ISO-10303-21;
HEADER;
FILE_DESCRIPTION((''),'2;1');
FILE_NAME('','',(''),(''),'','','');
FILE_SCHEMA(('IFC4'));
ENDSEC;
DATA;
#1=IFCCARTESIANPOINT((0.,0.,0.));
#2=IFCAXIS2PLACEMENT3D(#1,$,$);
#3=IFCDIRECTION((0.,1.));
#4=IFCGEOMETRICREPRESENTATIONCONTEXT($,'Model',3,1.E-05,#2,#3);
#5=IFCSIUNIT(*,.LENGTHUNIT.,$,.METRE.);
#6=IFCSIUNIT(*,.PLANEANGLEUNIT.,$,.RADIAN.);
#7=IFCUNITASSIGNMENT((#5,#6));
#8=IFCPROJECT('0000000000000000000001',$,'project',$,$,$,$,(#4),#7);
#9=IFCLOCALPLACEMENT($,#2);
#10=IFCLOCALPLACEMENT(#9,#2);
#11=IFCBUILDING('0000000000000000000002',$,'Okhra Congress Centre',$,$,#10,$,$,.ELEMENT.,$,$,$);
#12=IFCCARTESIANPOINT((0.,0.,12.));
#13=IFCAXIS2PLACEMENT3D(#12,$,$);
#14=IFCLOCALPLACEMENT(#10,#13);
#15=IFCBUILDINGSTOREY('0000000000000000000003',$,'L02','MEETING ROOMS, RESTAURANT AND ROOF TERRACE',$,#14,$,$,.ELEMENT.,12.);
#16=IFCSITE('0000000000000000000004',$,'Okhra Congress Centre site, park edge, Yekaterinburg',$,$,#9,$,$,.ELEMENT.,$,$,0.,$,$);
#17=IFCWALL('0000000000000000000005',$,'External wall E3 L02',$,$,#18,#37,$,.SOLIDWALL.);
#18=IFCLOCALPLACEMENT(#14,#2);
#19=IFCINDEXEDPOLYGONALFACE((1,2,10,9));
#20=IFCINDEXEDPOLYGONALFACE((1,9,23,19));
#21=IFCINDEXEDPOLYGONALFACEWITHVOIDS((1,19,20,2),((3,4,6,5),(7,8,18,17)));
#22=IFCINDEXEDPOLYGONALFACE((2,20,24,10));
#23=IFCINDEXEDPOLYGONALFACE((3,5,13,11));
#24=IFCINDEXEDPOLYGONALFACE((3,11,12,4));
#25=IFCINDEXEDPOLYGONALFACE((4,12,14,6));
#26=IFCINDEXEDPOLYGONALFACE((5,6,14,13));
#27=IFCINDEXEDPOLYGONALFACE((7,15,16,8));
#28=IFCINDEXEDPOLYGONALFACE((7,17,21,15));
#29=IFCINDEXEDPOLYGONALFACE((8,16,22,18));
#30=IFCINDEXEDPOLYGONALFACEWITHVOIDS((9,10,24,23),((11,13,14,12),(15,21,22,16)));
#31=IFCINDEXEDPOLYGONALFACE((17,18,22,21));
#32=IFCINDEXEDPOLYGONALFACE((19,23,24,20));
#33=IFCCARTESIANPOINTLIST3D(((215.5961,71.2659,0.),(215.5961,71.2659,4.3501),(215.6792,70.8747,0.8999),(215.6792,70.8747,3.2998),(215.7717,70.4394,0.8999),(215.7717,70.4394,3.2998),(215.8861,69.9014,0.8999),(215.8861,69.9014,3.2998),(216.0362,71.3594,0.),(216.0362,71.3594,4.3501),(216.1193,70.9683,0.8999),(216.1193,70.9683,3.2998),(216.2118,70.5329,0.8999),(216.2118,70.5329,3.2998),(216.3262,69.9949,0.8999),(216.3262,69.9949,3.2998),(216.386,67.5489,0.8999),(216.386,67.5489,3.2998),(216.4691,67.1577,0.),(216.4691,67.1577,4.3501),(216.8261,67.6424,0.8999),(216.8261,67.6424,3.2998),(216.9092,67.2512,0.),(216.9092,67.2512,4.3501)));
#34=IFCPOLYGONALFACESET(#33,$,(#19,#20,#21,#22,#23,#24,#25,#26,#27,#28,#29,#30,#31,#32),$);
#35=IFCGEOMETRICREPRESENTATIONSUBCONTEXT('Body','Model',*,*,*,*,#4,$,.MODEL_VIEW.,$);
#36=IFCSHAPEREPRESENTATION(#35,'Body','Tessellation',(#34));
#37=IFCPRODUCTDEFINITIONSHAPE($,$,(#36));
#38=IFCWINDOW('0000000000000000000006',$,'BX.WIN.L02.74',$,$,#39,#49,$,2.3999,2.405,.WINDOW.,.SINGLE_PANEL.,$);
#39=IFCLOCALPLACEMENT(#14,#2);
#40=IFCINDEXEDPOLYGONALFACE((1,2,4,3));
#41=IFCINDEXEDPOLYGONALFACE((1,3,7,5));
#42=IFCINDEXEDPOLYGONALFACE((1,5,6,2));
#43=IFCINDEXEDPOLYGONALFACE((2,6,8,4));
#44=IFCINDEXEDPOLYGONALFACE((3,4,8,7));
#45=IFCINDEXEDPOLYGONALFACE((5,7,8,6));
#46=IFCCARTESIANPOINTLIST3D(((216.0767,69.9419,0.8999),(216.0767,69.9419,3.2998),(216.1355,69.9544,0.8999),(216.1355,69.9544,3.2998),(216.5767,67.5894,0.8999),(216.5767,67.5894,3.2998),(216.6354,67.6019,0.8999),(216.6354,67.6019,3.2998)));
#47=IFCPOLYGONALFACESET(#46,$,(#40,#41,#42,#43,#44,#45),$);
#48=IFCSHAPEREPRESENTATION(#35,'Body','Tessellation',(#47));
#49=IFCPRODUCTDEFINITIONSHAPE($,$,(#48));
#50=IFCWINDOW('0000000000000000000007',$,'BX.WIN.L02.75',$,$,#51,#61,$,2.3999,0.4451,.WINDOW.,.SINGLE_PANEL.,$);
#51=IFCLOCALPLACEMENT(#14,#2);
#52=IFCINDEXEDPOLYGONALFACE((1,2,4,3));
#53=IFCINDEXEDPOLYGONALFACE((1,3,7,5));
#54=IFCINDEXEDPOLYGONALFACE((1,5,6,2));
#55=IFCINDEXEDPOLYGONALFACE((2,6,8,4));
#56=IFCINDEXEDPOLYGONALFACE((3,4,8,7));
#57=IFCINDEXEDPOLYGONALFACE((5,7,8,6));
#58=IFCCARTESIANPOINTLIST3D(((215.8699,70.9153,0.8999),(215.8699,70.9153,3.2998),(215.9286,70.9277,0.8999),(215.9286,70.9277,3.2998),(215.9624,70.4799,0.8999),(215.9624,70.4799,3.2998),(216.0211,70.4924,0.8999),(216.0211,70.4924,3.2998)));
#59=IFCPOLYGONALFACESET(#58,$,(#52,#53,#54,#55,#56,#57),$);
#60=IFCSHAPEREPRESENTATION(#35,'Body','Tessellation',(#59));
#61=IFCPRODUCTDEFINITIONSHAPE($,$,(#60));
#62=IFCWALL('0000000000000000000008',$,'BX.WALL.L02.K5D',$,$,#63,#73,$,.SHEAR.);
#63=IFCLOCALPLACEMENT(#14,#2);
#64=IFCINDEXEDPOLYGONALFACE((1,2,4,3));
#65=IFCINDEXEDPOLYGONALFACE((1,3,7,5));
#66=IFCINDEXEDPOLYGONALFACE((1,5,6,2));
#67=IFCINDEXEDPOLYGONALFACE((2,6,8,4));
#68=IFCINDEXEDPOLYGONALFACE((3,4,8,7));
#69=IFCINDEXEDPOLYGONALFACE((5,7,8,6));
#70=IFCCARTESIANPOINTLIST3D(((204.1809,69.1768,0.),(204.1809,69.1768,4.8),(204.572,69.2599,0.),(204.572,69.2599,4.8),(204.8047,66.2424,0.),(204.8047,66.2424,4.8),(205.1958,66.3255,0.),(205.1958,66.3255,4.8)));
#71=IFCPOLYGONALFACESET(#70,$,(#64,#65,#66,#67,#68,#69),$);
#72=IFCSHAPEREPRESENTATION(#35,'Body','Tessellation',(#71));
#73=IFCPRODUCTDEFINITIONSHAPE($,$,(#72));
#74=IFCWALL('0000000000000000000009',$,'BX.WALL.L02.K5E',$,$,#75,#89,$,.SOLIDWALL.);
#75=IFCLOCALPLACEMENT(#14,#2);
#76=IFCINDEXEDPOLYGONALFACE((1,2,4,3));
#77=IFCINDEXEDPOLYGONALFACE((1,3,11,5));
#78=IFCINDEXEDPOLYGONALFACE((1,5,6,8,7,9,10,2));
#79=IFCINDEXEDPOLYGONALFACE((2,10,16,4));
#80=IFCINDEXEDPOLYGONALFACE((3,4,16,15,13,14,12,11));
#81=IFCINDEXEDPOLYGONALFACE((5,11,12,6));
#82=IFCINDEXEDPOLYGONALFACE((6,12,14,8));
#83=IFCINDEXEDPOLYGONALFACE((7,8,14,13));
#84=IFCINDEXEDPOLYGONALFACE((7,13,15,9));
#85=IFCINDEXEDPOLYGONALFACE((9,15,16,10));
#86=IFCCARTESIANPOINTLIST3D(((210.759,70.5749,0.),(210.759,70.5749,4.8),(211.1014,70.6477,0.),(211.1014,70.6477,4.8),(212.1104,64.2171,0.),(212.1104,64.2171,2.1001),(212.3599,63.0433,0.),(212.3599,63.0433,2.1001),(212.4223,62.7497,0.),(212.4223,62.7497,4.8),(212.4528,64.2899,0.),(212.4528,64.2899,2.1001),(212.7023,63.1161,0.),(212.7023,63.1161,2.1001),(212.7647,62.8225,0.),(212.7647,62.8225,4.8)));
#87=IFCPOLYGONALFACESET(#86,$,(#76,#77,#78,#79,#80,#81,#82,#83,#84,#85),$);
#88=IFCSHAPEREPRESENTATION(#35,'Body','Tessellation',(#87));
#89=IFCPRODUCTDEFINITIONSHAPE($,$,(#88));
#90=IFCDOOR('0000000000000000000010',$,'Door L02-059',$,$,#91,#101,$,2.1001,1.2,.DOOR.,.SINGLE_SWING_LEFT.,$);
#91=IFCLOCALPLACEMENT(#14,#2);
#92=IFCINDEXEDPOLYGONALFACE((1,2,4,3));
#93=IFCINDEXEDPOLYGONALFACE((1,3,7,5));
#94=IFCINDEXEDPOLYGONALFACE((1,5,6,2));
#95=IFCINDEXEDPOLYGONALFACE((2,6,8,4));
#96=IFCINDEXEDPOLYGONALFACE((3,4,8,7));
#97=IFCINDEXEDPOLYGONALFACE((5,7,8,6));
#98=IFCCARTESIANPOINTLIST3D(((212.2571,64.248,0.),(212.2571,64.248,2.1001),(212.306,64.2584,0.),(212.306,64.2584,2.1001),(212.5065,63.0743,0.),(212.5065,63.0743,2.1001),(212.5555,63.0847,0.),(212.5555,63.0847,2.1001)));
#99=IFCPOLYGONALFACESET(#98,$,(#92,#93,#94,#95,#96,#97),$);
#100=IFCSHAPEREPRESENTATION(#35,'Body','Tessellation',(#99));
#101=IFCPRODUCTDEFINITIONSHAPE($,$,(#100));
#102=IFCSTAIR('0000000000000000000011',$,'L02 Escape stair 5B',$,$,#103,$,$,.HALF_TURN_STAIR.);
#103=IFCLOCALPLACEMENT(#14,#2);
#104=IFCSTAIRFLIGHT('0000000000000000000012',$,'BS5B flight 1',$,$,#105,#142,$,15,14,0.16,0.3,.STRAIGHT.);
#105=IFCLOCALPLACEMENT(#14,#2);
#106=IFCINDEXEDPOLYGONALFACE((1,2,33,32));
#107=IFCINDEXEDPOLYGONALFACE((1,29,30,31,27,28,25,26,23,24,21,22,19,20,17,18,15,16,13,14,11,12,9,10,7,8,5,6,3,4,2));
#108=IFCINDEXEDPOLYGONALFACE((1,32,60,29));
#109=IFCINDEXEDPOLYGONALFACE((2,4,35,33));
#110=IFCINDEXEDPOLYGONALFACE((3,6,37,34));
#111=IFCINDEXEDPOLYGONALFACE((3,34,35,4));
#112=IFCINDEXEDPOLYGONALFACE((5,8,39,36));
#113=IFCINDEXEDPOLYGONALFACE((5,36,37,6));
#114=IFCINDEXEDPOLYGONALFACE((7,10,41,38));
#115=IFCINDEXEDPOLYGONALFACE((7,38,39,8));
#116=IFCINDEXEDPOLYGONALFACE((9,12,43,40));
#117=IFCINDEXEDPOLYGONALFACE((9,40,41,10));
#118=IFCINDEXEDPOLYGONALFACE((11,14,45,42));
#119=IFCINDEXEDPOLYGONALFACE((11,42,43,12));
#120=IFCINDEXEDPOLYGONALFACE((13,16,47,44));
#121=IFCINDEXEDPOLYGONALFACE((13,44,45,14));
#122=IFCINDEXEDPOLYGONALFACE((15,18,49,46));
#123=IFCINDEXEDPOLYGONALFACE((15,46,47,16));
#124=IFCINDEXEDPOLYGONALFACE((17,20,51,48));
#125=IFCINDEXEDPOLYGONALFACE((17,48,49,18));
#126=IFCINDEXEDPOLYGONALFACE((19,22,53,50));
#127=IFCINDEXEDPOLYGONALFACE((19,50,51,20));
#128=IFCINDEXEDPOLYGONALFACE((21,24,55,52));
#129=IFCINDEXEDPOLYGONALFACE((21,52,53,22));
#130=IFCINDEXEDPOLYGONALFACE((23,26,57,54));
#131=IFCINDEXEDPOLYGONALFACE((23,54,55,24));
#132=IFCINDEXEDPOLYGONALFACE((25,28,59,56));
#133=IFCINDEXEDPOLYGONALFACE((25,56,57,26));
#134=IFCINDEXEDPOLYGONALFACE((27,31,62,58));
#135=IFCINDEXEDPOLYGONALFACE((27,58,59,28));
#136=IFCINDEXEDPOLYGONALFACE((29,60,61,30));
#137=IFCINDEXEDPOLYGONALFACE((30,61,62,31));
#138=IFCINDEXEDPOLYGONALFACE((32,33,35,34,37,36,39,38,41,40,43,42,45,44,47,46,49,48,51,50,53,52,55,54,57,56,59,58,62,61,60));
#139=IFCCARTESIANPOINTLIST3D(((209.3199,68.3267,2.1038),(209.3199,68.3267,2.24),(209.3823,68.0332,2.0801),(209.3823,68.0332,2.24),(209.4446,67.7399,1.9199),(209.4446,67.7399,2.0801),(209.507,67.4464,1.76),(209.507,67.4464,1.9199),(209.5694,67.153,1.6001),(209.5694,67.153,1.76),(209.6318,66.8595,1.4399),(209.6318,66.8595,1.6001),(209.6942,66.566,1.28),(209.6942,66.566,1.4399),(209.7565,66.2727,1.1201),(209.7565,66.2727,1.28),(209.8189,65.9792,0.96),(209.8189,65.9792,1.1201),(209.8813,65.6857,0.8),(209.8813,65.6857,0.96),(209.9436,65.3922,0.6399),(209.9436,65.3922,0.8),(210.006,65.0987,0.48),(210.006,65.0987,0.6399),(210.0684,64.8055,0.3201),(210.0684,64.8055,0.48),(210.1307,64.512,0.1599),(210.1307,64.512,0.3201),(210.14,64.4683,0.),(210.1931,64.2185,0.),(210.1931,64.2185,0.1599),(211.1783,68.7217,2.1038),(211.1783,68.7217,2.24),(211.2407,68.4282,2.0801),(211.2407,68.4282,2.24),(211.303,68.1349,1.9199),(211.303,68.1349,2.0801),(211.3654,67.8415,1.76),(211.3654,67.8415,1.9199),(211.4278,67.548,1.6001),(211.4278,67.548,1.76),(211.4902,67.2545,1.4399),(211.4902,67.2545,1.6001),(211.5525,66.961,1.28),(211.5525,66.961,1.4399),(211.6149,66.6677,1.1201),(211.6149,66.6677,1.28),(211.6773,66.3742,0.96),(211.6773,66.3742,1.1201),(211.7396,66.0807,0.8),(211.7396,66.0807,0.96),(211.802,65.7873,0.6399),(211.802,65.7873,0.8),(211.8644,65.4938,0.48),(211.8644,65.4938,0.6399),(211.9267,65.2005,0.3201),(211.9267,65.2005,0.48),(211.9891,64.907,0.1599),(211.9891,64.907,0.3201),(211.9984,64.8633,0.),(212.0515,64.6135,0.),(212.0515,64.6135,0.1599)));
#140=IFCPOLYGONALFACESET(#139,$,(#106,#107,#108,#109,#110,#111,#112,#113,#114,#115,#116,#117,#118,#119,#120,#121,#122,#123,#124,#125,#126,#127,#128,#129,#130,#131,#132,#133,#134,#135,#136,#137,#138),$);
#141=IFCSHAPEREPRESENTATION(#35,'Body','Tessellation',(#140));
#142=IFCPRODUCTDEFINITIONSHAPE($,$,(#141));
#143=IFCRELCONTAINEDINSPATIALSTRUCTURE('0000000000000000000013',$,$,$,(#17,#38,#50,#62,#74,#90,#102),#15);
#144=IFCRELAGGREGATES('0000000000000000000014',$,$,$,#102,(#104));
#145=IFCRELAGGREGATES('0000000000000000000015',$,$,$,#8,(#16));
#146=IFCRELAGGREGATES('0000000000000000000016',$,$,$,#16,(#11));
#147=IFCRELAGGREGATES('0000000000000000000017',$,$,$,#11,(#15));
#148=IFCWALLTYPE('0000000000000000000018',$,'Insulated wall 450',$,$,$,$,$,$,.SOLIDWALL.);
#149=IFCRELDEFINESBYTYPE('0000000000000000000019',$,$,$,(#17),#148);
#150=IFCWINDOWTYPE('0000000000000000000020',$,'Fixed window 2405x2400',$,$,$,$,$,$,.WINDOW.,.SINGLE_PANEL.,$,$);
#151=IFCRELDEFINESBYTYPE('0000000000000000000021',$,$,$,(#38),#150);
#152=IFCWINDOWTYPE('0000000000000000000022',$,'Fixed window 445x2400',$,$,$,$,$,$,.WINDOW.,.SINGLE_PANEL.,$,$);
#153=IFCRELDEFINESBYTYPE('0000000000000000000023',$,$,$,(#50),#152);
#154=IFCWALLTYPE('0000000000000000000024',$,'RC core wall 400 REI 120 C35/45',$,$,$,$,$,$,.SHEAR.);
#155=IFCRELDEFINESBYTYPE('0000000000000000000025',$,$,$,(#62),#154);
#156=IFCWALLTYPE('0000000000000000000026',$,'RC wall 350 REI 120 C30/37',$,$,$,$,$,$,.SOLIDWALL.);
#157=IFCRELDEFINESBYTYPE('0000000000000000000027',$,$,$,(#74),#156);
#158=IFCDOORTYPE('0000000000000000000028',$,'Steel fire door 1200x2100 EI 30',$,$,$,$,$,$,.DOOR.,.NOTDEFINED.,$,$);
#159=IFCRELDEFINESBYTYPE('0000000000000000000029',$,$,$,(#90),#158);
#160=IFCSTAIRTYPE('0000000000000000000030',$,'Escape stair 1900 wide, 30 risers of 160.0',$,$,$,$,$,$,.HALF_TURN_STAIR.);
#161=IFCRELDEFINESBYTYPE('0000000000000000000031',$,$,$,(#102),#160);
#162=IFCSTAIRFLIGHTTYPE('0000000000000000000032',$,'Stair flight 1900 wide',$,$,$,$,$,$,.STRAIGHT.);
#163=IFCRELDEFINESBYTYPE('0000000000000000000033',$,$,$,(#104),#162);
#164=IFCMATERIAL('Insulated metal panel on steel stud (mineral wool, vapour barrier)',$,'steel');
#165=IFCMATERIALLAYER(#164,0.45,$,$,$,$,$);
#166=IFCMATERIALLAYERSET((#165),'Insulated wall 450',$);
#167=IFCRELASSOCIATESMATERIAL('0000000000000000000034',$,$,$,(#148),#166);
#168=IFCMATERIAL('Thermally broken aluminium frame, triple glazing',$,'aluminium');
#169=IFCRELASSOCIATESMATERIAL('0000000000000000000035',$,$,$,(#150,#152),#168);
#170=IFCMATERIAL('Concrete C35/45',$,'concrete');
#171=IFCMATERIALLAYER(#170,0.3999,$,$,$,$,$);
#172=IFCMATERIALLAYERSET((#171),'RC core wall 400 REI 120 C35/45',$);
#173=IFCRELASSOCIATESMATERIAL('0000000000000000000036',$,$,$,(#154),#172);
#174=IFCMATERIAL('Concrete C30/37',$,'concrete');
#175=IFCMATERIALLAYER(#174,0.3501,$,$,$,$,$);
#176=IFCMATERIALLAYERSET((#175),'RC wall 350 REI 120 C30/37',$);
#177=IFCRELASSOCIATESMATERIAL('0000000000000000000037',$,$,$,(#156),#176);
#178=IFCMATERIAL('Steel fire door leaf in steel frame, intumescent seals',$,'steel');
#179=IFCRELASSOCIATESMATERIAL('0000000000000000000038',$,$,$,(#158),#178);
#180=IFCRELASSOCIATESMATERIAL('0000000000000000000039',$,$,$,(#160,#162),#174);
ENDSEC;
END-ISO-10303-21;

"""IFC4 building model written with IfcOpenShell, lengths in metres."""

from ifc_helpers import new_model, si_unit, direction, frame, frame_2d, origin, place, context, subcontext, project, spatial, polyline, rectangle, outline, extrude, material, layer, layer_set, type_object, element, fill, aggregate, save


model = new_model("IFC4")

# Units and contexts
model_context = context("Model", 3, precision=1e-05, world=origin(), true_north=direction((0.0, 1.0)))
body_context = subcontext(model_context, "Body", "Model", "MODEL_VIEW")
ifc_project = project(units=[si_unit("LENGTHUNIT", "METRE"), si_unit("PLANEANGLEUNIT", "RADIAN")], contexts=[model_context])

# Site, building, storey
site_placement = place(None, origin())
site = spatial("IfcSite", under=ifc_project, at=site_placement, Name="Okhra Congress Centre site, park edge, Yekaterinburg", CompositionType="ELEMENT", RefElevation=0.0)
building_placement = place(site_placement, origin())
building = spatial("IfcBuilding", under=site, at=building_placement, Name="Okhra Congress Centre", CompositionType="ELEMENT")
storey_placement = place(building_placement, frame((0.0, 0.0, 12.0)))
storey = spatial("IfcBuildingStorey", under=building, at=storey_placement, Name="L02", Description="MEETING ROOMS, RESTAURANT AND ROOF TERRACE", CompositionType="ELEMENT", Elevation=12.0)

# Shared definitions
ifc_material_1 = material(Name="Insulated metal panel on steel stud (mineral wool, vapour barrier)", Category="steel")
ifc_layer_1 = layer(ifc_material_1, 0.45)
ifc_layer_set_1 = layer_set([ifc_layer_1], Name="Insulated wall 450")
wall_type_1 = type_object("IfcWallType", Name="Insulated wall 450", PredefinedType="SOLIDWALL", material=ifc_layer_set_1)
ifc_material_2 = material(Name="Thermally broken aluminium frame, triple glazing", Category="aluminium")

# Wall, openings, windows
wall_1_placement = place(storey_placement, frame((216.6892, 67.2043, 0.0), z_axis=(0.0, 0.0, 1.0), x_axis=(-0.207873, 0.978156, 0.0)))
wall_1 = element("IfcWall", 1, at=wall_1_placement, inside=storey, type_object=wall_type_1, Name="External wall E3 L02", PredefinedType="SOLIDWALL", context=body_context, shape_type="SweptSolid", body=[
    extrude(rectangle(XDim=4.2, YDim=0.45, at=frame_2d((2.1001, 0.0))), origin(), (0.0, 0.0, 1.0), 4.3501),
])
opening_1_placement = place(wall_1_placement, frame((0.3999, 0.0, 0.8999)))
opening_1 = element("IfcOpeningElement", 2, at=opening_1_placement, cuts=wall_1, PredefinedType="OPENING", context=body_context, shape_type="SweptSolid", body=[
    extrude(rectangle(XDim=2.405, YDim=2.3999, at=frame_2d((1.2026, 1.2))), frame((0.0, 0.2349, 0.0), z_axis=(0.0, -1.0, 0.0), x_axis=(1.0, 0.0, 0.0)), (0.0, 0.0, 1.0), 0.47),
])
opening_2_placement = place(wall_1_placement, frame((3.355, 0.0, 0.8999)))
opening_2 = element("IfcOpeningElement", 3, at=opening_2_placement, cuts=wall_1, PredefinedType="OPENING", context=body_context, shape_type="SweptSolid", body=[
    extrude(rectangle(XDim=0.4451, YDim=2.3999, at=frame_2d((0.2227, 1.2))), frame((0.0, 0.2349, 0.0), z_axis=(0.0, -1.0, 0.0), x_axis=(1.0, 0.0, 0.0)), (0.0, 0.0, 1.0), 0.47),
])
window_type_1 = type_object("IfcWindowType", Name="Fixed window 2405x2400", PartitioningType="SINGLE_PANEL", PredefinedType="WINDOW", material=ifc_material_2)
window_1_placement = place(opening_1_placement, origin())
window_1 = element("IfcWindow", 4, at=window_1_placement, inside=storey, type_object=window_type_1, Name="BX.WIN.L02.74", OverallHeight=2.3999, OverallWidth=2.405, PartitioningType="SINGLE_PANEL", PredefinedType="WINDOW", context=body_context, shape_type="SweptSolid", body=[
    extrude(rectangle(XDim=2.405, YDim=2.3999, at=frame_2d((1.2026, 1.2))), frame((0.0, 0.03, 0.0), z_axis=(0.0, -1.0, 0.0), x_axis=(1.0, 0.0, 0.0)), (0.0, 0.0, 1.0), 0.0601),
])
fill(opening_1, window_1)
window_type_2 = type_object("IfcWindowType", Name="Fixed window 445x2400", PartitioningType="SINGLE_PANEL", PredefinedType="WINDOW", material=ifc_material_2)
window_2_placement = place(opening_2_placement, origin())
window_2 = element("IfcWindow", 5, at=window_2_placement, inside=storey, type_object=window_type_2, Name="BX.WIN.L02.75", OverallHeight=2.3999, OverallWidth=0.4451, PartitioningType="SINGLE_PANEL", PredefinedType="WINDOW", context=body_context, shape_type="SweptSolid", body=[
    extrude(rectangle(XDim=0.4451, YDim=2.3999, at=frame_2d((0.2227, 1.2))), frame((0.0, 0.03, 0.0), z_axis=(0.0, -1.0, 0.0), x_axis=(1.0, 0.0, 0.0)), (0.0, 0.0, 1.0), 0.0601),
])
fill(opening_2, window_2)

# Wall
ifc_material_3 = material(Name="Concrete C35/45", Category="concrete")
ifc_layer_2 = layer(ifc_material_3, 0.3999)
ifc_layer_set_2 = layer_set([ifc_layer_2], Name="RC core wall 400 REI 120 C35/45")
wall_type_2 = type_object("IfcWallType", Name="RC core wall 400 REI 120 C35/45", PredefinedType="SHEAR", material=ifc_layer_set_2)
wall_2_placement = place(storey_placement, frame((205.0002, 66.2839, 0.0), z_axis=(0.0, 0.0, 1.0), x_axis=(-0.207934, 0.978143, 0.0)))
element("IfcWall", 6, at=wall_2_placement, inside=storey, type_object=wall_type_2, Name="BX.WALL.L02.K5D", PredefinedType="SHEAR", context=body_context, shape_type="SweptSolid", body=[
    extrude(rectangle(XDim=3.0, YDim=0.3999, at=frame_2d((1.5, 0.0))), origin(), (0.0, 0.0, 1.0), 4.8),
])

# Wall, opening, door
ifc_material_4 = material(Name="Concrete C30/37", Category="concrete")
ifc_layer_3 = layer(ifc_material_4, 0.3501)
ifc_layer_set_3 = layer_set([ifc_layer_3], Name="RC wall 350 REI 120 C30/37")
wall_type_3 = type_object("IfcWallType", Name="RC wall 350 REI 120 C30/37", PredefinedType="SOLIDWALL", material=ifc_layer_set_3)
wall_3_placement = place(storey_placement, frame((212.5935, 62.7861, 0.0), z_axis=(0.0, 0.0, 1.0), x_axis=(-0.207916, 0.978147, 0.0)))
wall_3 = element("IfcWall", 7, at=wall_3_placement, inside=storey, type_object=wall_type_3, Name="BX.WALL.L02.K5E", PredefinedType="SOLIDWALL", context=body_context, shape_type="SweptSolid", body=[
    extrude(rectangle(XDim=8.0, YDim=0.3501, at=frame_2d((4.0, 0.0))), origin(), (0.0, 0.0, 1.0), 4.8),
])
opening_3_placement = place(wall_3_placement, frame((0.3, 0.0, 0.0)))
opening_3 = element("IfcOpeningElement", 8, at=opening_3_placement, cuts=wall_3, PredefinedType="OPENING", context=body_context, shape_type="SweptSolid", body=[
    extrude(rectangle(XDim=1.2, YDim=2.1001, at=frame_2d((0.6001, 1.05))), frame((0.0, 0.1851, 0.0), z_axis=(0.0, -1.0, 0.0), x_axis=(1.0, 0.0, 0.0)), (0.0, 0.0, 1.0), 0.3701),
])
ifc_material_5 = material(Name="Steel fire door leaf in steel frame, intumescent seals", Category="steel")
door_type = type_object("IfcDoorType", Name="Steel fire door 1200x2100 EI 30", OperationType="NOTDEFINED", PredefinedType="DOOR", material=ifc_material_5)
door_placement = place(opening_3_placement, frame((1.2, 0.0, 0.0), z_axis=(0.0, 0.0, 1.0), x_axis=(-1.0, 0.0, 0.0)))
door = element("IfcDoor", 9, at=door_placement, inside=storey, type_object=door_type, Name="Door L02-059", OperationType="SINGLE_SWING_LEFT", OverallHeight=2.1001, OverallWidth=1.2, PredefinedType="DOOR", context=body_context, shape_type="SweptSolid", body=[
    extrude(rectangle(XDim=1.2, YDim=2.1001, at=frame_2d((0.6001, 1.05))), frame((0.0, 0.0249, 0.0), z_axis=(0.0, -1.0, 0.0), x_axis=(1.0, 0.0, 0.0)), (0.0, 0.0, 1.0), 0.05),
])
fill(opening_3, door)

# Stair, stair flight
stair_type = type_object("IfcStairType", Name="Escape stair 1900 wide, 30 risers of 160.0", PredefinedType="HALF_TURN_STAIR", material=ifc_material_4)
stair_placement = place(storey_placement, origin())
stair = element("IfcStair", 10, at=stair_placement, inside=storey, type_object=stair_type, Name="L02 Escape stair 5B", PredefinedType="HALF_TURN_STAIR")
stair_flight_type = type_object("IfcStairFlightType", Name="Stair flight 1900 wide", PredefinedType="STRAIGHT", material=ifc_material_4)
stair_flight_placement = place(storey_placement, frame((211.1223, 64.416, 0.0), z_axis=(0.0, 0.0, 1.0), x_axis=(-0.207912, 0.978148, 0.0)))
stair_flight = element("IfcStairFlight", 11, at=stair_flight_placement, type_object=stair_flight_type, Name="BS5B flight 1", NumberOfRisers=15, NumberOfTreads=14, PredefinedType="STRAIGHT", RiserHeight=0.16, TreadLength=0.3, context=body_context, shape_type="SweptSolid", body=[
    extrude(outline(polyline([(0.0, 0.0), (0.0, 0.1599), (0.3, 0.1599), (0.3, 0.3201), (0.6001, 0.3201), (0.6001, 0.48), (0.8999, 0.48), (0.8999, 0.6399), (1.2, 0.6399), (1.2, 0.8), (1.5, 0.8), (1.5, 0.96), (1.8, 0.96), (1.8, 1.1201), (2.1001, 1.1201), (2.1001, 1.28), (2.3999, 1.28), (2.3999, 1.4399), (2.7, 1.4399), (2.7, 1.6001), (3.0, 1.6001), (3.0, 1.76), (3.3, 1.76), (3.3, 1.9199), (3.6001, 1.9199), (3.6001, 2.0801), (3.8999, 2.0801), (3.8999, 2.24), (4.2, 2.24), (4.2, 2.3999), (4.2, 2.1038), (0.2554, 0.0), (0.0, 0.0)])), frame((0.0, 0.95, 0.0), z_axis=(0.0, -1.0, 0.0), x_axis=(1.0, 0.0, 0.0)), (0.0, 0.0, 1.0), 1.8999),
])
aggregate(stair, [stair_flight])

save(model, "model.ifc")
